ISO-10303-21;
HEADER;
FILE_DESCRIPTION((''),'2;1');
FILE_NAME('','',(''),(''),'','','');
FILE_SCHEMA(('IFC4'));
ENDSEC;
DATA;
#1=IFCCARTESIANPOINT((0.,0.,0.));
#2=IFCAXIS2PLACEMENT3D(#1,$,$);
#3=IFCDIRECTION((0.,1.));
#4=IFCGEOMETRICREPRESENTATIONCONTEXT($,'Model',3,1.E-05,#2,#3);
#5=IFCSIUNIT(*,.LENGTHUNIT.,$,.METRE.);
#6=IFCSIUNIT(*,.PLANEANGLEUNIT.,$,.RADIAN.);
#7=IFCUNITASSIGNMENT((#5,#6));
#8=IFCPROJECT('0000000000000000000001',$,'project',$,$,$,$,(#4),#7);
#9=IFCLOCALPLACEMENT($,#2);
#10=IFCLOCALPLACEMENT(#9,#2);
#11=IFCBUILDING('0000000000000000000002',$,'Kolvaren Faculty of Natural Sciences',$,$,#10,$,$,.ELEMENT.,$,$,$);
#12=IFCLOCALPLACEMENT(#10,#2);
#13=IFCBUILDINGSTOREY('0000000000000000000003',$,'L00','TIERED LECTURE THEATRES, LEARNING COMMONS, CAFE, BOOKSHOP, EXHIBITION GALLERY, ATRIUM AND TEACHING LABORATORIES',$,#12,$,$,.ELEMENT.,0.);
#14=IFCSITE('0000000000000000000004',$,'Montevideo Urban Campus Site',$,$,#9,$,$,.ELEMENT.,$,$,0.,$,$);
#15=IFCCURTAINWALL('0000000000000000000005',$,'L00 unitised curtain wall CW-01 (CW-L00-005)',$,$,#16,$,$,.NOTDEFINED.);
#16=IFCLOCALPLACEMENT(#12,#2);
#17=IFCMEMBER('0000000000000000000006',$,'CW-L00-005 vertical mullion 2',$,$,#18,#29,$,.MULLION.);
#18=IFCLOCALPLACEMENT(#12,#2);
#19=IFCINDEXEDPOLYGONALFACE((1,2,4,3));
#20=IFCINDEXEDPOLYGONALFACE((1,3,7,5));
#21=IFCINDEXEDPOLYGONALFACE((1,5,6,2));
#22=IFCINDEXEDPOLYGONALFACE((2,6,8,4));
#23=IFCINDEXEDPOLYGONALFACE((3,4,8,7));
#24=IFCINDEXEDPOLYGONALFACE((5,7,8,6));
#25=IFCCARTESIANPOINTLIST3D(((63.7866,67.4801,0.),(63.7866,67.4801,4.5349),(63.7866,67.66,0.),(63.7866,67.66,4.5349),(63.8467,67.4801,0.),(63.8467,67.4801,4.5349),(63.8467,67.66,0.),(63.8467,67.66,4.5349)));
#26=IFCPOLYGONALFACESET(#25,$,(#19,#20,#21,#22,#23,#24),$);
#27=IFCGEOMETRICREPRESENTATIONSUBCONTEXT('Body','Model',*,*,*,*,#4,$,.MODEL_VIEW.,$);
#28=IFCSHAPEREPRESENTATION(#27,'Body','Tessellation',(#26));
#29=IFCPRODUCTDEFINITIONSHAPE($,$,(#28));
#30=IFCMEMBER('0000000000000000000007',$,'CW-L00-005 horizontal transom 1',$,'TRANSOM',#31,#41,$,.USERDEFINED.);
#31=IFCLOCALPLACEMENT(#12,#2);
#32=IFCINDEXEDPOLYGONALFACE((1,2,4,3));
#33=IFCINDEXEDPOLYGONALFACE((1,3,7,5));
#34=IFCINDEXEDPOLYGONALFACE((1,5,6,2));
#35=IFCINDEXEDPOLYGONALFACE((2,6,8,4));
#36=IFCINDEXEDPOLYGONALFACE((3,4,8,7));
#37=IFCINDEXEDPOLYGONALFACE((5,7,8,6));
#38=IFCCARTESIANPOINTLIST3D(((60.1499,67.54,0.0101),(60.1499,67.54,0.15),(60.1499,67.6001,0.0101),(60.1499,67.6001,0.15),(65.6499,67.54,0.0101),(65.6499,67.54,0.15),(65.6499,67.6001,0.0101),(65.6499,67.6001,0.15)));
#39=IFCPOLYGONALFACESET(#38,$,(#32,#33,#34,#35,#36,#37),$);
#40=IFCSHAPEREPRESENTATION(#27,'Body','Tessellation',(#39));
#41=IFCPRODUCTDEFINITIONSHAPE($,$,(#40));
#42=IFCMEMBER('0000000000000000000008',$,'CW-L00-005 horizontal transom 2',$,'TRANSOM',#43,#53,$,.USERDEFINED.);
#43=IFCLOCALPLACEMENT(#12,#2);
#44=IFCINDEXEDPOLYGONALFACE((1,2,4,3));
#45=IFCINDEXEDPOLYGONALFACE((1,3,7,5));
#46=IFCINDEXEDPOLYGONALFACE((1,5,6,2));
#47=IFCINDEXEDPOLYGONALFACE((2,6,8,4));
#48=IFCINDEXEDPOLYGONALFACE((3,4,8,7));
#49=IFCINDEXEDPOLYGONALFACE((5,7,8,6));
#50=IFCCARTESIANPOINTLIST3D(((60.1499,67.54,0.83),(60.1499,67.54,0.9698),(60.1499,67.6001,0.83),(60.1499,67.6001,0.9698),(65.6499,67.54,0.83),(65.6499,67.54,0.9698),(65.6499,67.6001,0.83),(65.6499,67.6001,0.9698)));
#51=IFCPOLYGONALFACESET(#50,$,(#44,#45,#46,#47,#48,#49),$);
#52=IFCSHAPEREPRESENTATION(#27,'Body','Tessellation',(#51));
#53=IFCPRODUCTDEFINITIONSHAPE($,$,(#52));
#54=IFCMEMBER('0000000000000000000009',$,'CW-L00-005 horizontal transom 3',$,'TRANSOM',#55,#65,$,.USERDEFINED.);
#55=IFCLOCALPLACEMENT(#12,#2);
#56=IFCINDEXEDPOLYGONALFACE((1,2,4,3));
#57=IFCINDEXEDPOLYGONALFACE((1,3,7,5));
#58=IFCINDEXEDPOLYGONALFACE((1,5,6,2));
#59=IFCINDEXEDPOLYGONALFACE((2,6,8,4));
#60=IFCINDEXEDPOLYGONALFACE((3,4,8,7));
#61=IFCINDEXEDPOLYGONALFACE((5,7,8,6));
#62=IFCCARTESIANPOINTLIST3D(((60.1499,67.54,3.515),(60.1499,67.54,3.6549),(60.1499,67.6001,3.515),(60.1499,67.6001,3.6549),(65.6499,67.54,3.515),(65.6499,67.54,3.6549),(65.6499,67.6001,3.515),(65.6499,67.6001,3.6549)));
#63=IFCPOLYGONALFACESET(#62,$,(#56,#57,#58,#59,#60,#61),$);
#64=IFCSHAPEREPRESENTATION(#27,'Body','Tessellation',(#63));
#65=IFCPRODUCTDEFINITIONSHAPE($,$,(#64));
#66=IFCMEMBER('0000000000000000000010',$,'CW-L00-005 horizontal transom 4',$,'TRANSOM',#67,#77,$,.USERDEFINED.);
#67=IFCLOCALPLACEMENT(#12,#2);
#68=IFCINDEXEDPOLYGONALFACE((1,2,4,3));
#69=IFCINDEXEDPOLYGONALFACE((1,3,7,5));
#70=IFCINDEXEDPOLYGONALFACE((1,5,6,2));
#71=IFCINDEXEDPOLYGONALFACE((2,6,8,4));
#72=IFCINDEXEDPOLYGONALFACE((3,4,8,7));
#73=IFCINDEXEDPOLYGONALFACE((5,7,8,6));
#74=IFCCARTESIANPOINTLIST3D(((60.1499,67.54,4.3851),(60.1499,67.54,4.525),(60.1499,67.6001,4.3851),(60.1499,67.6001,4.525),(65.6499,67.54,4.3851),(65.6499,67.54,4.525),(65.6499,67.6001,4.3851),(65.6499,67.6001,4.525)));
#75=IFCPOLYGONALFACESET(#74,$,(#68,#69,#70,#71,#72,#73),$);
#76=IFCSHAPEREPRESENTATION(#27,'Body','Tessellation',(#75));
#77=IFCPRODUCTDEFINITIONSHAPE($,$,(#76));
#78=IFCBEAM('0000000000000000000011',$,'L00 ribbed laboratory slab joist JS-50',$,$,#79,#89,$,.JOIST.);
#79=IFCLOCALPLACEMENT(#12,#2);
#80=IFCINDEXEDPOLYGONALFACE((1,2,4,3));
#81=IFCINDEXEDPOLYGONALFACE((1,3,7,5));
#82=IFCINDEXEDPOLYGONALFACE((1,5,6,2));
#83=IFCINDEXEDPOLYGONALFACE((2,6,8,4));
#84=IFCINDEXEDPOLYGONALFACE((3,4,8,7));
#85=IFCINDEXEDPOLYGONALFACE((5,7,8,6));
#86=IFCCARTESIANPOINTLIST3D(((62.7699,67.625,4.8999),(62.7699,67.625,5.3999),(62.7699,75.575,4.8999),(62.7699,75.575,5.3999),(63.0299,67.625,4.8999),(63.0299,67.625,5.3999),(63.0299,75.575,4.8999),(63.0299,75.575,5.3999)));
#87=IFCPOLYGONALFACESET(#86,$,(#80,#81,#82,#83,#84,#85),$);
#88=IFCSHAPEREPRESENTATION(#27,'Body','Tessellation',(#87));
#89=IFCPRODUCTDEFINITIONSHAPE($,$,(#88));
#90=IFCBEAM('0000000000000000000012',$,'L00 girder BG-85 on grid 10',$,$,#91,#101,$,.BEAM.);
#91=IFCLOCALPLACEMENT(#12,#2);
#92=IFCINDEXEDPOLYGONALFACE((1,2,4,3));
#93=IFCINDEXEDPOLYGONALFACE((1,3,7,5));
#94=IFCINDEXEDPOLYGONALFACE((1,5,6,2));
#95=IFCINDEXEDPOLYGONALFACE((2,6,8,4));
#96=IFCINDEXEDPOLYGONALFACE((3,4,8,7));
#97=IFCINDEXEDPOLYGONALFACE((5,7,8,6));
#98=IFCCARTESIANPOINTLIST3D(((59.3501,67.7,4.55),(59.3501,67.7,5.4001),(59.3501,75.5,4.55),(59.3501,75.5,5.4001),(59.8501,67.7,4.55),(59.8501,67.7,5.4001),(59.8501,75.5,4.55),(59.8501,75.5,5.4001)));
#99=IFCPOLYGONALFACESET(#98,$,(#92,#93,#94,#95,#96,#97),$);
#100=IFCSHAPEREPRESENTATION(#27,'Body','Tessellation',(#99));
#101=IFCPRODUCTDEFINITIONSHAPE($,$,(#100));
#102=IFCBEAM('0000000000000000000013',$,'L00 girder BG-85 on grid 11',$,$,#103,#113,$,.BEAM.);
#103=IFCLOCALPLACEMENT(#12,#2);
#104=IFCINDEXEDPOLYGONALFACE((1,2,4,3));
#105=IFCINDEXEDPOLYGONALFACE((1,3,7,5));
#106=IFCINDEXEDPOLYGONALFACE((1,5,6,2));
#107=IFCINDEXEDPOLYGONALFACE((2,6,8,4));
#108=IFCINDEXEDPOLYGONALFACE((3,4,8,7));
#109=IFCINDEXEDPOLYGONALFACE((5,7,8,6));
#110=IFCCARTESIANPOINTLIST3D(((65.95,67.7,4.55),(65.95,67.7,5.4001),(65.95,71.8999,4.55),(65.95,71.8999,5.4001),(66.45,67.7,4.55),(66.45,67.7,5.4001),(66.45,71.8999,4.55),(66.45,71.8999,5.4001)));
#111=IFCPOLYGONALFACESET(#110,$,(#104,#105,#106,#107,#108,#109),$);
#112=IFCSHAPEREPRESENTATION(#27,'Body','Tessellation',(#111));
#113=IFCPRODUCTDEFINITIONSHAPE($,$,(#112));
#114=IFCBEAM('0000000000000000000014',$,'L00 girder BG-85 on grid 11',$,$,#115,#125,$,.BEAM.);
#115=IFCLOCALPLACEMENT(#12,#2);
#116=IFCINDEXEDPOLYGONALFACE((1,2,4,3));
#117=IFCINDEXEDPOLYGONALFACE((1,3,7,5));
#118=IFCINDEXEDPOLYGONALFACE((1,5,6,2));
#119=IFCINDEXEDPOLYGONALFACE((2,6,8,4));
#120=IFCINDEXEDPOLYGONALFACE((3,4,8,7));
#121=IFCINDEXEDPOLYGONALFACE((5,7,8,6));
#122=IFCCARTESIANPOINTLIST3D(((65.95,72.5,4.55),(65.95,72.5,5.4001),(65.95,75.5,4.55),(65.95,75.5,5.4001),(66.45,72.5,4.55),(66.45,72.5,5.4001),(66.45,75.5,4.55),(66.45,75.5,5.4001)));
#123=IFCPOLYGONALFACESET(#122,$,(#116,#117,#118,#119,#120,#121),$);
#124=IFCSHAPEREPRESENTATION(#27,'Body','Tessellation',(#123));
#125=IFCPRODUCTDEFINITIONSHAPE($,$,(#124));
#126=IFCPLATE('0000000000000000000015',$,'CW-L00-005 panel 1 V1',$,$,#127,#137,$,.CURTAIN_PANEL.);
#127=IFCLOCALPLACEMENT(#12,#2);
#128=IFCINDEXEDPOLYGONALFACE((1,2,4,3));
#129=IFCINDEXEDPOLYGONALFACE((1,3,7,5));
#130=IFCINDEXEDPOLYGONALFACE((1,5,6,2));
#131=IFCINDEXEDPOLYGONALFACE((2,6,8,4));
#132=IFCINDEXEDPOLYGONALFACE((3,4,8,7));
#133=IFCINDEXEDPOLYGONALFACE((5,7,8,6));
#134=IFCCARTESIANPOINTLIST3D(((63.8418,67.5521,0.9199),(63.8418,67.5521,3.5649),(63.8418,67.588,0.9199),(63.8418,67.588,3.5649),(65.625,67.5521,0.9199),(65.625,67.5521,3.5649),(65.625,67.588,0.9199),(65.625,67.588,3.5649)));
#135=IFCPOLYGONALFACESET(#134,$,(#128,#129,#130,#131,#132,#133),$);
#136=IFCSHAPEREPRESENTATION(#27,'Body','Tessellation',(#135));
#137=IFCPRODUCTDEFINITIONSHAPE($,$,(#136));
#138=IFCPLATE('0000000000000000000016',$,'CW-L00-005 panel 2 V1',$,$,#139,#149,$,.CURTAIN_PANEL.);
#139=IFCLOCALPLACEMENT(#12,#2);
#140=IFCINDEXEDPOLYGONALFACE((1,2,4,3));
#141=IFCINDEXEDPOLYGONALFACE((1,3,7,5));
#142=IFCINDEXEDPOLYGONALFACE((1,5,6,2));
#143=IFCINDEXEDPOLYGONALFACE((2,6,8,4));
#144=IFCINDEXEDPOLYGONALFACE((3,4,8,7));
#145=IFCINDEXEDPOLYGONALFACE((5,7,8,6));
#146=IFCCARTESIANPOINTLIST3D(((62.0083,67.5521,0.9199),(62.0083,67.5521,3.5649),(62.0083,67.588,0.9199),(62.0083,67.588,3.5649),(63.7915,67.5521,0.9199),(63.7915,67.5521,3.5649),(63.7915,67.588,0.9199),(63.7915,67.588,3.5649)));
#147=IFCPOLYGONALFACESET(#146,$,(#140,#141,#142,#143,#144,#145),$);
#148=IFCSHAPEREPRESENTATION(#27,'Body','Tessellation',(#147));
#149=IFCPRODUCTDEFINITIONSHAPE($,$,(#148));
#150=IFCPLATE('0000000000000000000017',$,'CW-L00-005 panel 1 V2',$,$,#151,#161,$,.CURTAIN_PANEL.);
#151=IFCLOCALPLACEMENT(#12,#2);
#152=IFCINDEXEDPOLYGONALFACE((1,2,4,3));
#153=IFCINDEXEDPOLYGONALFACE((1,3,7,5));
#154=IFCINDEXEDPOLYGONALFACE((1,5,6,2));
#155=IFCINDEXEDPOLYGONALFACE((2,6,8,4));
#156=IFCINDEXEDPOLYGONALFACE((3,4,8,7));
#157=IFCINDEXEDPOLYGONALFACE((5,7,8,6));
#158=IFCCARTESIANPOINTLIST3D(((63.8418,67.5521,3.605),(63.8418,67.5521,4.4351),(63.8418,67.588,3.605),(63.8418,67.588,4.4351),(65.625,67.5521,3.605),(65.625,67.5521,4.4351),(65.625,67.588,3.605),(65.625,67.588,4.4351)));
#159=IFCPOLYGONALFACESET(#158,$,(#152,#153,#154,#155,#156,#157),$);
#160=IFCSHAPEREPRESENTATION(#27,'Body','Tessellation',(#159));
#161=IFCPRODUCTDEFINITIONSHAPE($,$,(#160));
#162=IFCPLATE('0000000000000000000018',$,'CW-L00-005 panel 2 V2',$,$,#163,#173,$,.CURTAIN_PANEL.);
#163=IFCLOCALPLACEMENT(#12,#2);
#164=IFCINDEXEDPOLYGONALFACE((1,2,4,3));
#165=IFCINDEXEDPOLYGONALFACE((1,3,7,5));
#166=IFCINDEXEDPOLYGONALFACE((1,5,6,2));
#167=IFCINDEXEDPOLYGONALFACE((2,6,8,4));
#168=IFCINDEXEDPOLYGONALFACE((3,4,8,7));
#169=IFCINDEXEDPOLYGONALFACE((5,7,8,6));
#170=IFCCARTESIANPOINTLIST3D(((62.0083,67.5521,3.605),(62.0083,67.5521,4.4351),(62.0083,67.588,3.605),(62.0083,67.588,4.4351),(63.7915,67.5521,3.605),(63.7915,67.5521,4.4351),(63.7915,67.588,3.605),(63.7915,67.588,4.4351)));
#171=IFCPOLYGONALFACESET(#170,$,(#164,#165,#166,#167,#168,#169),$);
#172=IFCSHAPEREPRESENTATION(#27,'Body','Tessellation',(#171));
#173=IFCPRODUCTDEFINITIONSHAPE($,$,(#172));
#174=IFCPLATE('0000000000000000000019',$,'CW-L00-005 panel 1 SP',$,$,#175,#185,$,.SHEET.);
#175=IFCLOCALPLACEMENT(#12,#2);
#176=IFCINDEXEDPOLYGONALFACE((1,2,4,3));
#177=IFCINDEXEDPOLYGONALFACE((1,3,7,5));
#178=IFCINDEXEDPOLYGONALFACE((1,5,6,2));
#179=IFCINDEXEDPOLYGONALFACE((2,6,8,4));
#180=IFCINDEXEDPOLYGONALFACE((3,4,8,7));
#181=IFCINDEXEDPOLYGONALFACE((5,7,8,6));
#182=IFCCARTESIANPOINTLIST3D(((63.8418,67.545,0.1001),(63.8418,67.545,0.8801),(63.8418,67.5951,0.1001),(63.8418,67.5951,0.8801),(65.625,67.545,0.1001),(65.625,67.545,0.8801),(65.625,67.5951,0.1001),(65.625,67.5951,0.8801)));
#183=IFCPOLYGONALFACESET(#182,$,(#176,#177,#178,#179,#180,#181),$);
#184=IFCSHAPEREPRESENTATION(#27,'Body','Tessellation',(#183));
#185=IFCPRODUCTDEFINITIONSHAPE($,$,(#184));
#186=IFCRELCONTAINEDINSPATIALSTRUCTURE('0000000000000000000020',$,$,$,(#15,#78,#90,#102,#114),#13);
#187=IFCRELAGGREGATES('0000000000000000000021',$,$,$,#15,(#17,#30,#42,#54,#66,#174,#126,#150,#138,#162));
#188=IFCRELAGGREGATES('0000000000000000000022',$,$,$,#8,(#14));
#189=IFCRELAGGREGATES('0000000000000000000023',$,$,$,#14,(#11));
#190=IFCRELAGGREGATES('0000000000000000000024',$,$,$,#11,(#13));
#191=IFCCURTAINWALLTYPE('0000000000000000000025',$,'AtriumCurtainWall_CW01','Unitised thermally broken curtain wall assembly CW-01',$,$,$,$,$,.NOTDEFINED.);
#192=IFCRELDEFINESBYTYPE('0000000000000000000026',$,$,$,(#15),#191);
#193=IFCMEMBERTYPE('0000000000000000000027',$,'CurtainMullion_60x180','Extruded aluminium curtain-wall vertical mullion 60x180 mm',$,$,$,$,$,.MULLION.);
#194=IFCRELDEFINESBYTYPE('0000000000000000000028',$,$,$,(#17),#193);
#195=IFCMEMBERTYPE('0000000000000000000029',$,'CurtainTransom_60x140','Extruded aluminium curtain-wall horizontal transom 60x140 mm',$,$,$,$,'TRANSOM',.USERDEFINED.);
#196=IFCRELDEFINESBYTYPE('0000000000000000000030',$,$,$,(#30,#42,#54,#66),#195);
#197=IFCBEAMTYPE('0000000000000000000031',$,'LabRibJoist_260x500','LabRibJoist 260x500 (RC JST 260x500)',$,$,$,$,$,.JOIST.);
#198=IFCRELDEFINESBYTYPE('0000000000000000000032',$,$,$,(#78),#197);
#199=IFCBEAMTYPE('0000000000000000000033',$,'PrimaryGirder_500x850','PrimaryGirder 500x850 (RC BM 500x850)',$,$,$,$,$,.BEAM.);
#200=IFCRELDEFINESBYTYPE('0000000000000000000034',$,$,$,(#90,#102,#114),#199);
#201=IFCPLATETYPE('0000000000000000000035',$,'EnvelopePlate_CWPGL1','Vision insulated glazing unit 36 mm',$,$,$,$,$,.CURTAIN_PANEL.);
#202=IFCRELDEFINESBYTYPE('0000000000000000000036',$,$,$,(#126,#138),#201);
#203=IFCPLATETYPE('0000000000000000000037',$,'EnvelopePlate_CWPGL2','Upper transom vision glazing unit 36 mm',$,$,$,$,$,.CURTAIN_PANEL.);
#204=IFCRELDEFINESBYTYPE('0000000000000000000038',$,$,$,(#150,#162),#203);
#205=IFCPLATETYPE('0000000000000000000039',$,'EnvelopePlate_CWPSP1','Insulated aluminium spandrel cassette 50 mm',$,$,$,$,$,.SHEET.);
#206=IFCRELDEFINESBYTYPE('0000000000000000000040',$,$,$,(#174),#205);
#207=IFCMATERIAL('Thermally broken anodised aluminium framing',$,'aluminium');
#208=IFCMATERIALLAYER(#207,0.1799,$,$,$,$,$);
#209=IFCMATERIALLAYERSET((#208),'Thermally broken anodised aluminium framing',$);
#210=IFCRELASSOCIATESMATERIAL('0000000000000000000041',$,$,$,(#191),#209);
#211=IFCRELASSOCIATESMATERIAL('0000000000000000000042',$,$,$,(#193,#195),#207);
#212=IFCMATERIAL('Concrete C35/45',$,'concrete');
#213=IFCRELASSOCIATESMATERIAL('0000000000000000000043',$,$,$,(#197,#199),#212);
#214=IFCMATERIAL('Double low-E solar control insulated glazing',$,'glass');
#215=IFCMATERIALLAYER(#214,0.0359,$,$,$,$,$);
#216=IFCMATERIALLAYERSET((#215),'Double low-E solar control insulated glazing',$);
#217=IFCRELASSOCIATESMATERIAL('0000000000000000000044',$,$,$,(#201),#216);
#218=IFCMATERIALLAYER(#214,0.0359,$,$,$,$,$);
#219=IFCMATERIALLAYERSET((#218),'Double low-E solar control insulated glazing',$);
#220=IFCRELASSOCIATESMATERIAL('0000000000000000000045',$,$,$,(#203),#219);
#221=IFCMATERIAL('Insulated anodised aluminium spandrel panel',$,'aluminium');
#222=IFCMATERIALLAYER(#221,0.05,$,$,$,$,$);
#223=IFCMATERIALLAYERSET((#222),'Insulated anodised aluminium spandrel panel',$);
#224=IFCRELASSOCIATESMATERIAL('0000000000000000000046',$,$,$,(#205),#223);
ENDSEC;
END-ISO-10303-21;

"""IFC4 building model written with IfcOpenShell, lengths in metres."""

from ifc_helpers import new_model, si_unit, direction, frame, origin, origin_2d, place, context, subcontext, project, spatial, rectangle, extrude, material, layer, layer_set, material_profile, profile_set, type_object, element, aggregate, save


model = new_model("IFC4")

# Units and contexts
model_context = context("Model", 3, precision=1e-05, world=origin(), true_north=direction((0.0, 1.0)))
body_context = subcontext(model_context, "Body", "Model", "MODEL_VIEW")
ifc_project = project(units=[si_unit("LENGTHUNIT", "METRE"), si_unit("PLANEANGLEUNIT", "RADIAN")], contexts=[model_context])

# Site, building, storey
site_placement = place(None, origin())
site = spatial("IfcSite", under=ifc_project, at=site_placement, Name="Montevideo Urban Campus Site", CompositionType="ELEMENT", RefElevation=0.0)
building_placement = place(site_placement, origin())
building = spatial("IfcBuilding", under=site, at=building_placement, Name="Kolvaren Faculty of Natural Sciences", CompositionType="ELEMENT")
storey_placement = place(building_placement, origin())
storey = spatial("IfcBuildingStorey", under=building, at=storey_placement, Name="L00", Description="TIERED LECTURE THEATRES, LEARNING COMMONS, CAFE, BOOKSHOP, EXHIBITION GALLERY, ATRIUM AND TEACHING LABORATORIES", CompositionType="ELEMENT", Elevation=0.0)

# Shared definitions
ifc_material_1 = material(Name="Concrete C35/45", Category="concrete")

# Curtain wall, members
ifc_material_2 = material(Name="Thermally broken anodised aluminium framing", Category="aluminium")
ifc_layer_1 = layer(ifc_material_2, 0.1799)
ifc_layer_set_1 = layer_set([ifc_layer_1], Name="Thermally broken anodised aluminium framing")
curtain_wall_type = type_object("IfcCurtainWallType", Name="AtriumCurtainWall_CW01", Description="Unitised thermally broken curtain wall assembly CW-01", PredefinedType="NOTDEFINED", material=ifc_layer_set_1)
curtain_wall_placement = place(storey_placement, origin())
curtain_wall = element("IfcCurtainWall", 1, at=curtain_wall_placement, inside=storey, type_object=curtain_wall_type, Name="L00 unitised curtain wall CW-01 (CW-L00-005)", PredefinedType="NOTDEFINED")
ifc_material_profile_1 = material_profile(ifc_material_2, rectangle(XDim=0.0601, YDim=0.1799, at=origin_2d()), Name="ALU MUL 60x180")
ifc_profile_set_1 = profile_set([ifc_material_profile_1], Name="Thermally broken anodised aluminium framing")
member_type_1 = type_object("IfcMemberType", Name="CurtainMullion_60x180", Description="Extruded aluminium curtain-wall vertical mullion 60x180 mm", PredefinedType="MULLION", material=ifc_profile_set_1)
member_1_placement = place(storey_placement, frame((63.8167, 67.5701, 0.0), z_axis=(0.0, 0.0, 1.0), x_axis=(-1.0, 0.0, 0.0)))
member_1 = element("IfcMember", 2, at=member_1_placement, type_object=member_type_1, Name="CW-L00-005 vertical mullion 2", PredefinedType="MULLION", context=body_context, shape_type="SweptSolid", body=[
    extrude(rectangle(XDim=0.0601, YDim=0.1799, at=origin_2d()), origin(), (0.0, 0.0, 1.0), 4.5349),
])
ifc_material_profile_2 = material_profile(ifc_material_2, rectangle(XDim=0.0601, YDim=0.1399, at=origin_2d()), Name="ALU TRN 60x140")
ifc_profile_set_2 = profile_set([ifc_material_profile_2], Name="Thermally broken anodised aluminium framing")
member_type_2 = type_object("IfcMemberType", Name="CurtainTransom_60x140", Description="Extruded aluminium curtain-wall horizontal transom 60x140 mm", ElementType="TRANSOM", PredefinedType="USERDEFINED", material=ifc_profile_set_2)
member_2_placement = place(storey_placement, frame((65.6499, 67.5701, 0.0801), z_axis=(-1.0, 0.0, 0.0), x_axis=(0.0, -1.0, 0.0)))
member_2 = element("IfcMember", 3, at=member_2_placement, type_object=member_type_2, Name="CW-L00-005 horizontal transom 1", ObjectType="TRANSOM", PredefinedType="USERDEFINED", context=body_context, shape_type="SweptSolid", body=[
    extrude(rectangle(XDim=0.0601, YDim=0.1399, at=origin_2d()), origin(), (0.0, 0.0, 1.0), 5.5),
])
member_3_placement = place(storey_placement, frame((65.6499, 67.5701, 0.8999), z_axis=(-1.0, 0.0, 0.0), x_axis=(0.0, -1.0, 0.0)))
member_3 = element("IfcMember", 4, at=member_3_placement, type_object=member_type_2, Name="CW-L00-005 horizontal transom 2", ObjectType="TRANSOM", PredefinedType="USERDEFINED", context=body_context, shape_type="SweptSolid", body=[
    extrude(rectangle(XDim=0.0601, YDim=0.1399, at=origin_2d()), origin(), (0.0, 0.0, 1.0), 5.5),
])
member_4_placement = place(storey_placement, frame((65.6499, 67.5701, 3.585), z_axis=(-1.0, 0.0, 0.0), x_axis=(0.0, -1.0, 0.0)))
member_4 = element("IfcMember", 5, at=member_4_placement, type_object=member_type_2, Name="CW-L00-005 horizontal transom 3", ObjectType="TRANSOM", PredefinedType="USERDEFINED", context=body_context, shape_type="SweptSolid", body=[
    extrude(rectangle(XDim=0.0601, YDim=0.1399, at=origin_2d()), origin(), (0.0, 0.0, 1.0), 5.5),
])
member_5_placement = place(storey_placement, frame((65.6499, 67.5701, 4.4551), z_axis=(-1.0, 0.0, 0.0), x_axis=(0.0, -1.0, 0.0)))
member_5 = element("IfcMember", 6, at=member_5_placement, type_object=member_type_2, Name="CW-L00-005 horizontal transom 4", ObjectType="TRANSOM", PredefinedType="USERDEFINED", context=body_context, shape_type="SweptSolid", body=[
    extrude(rectangle(XDim=0.0601, YDim=0.1399, at=origin_2d()), origin(), (0.0, 0.0, 1.0), 5.5),
])

# Beams
ifc_material_profile_3 = material_profile(ifc_material_1, rectangle(XDim=0.26, YDim=0.5, at=origin_2d()), Name="RC JST 260x500")
ifc_profile_set_3 = profile_set([ifc_material_profile_3], Name="Concrete C35/45")
beam_type_1 = type_object("IfcBeamType", Name="LabRibJoist_260x500", Description="LabRibJoist 260x500 (RC JST 260x500)", PredefinedType="JOIST", material=ifc_profile_set_3)
beam_1_placement = place(storey_placement, frame((62.8999, 67.625, 5.1499), z_axis=(0.0, 1.0, 0.0), x_axis=(-1.0, 0.0, 0.0)))
element("IfcBeam", 7, at=beam_1_placement, inside=storey, type_object=beam_type_1, Name="L00 ribbed laboratory slab joist JS-50", PredefinedType="JOIST", context=body_context, shape_type="SweptSolid", body=[
    extrude(rectangle(XDim=0.26, YDim=0.5, at=origin_2d()), origin(), (0.0, 0.0, 1.0), 7.95),
])
ifc_material_profile_4 = material_profile(ifc_material_1, rectangle(XDim=0.5, YDim=0.8501, at=origin_2d()), Name="RC BM 500x850")
ifc_profile_set_4 = profile_set([ifc_material_profile_4], Name="Concrete C35/45")
beam_type_2 = type_object("IfcBeamType", Name="PrimaryGirder_500x850", Description="PrimaryGirder 500x850 (RC BM 500x850)", PredefinedType="BEAM", material=ifc_profile_set_4)
beam_2_placement = place(storey_placement, frame((59.6001, 67.7, 4.9751), z_axis=(0.0, 1.0, 0.0), x_axis=(-1.0, 0.0, 0.0)))
element("IfcBeam", 8, at=beam_2_placement, inside=storey, type_object=beam_type_2, Name="L00 girder BG-85 on grid 10", PredefinedType="BEAM", context=body_context, shape_type="SweptSolid", body=[
    extrude(rectangle(XDim=0.5, YDim=0.8501, at=origin_2d()), origin(), (0.0, 0.0, 1.0), 7.8),
])
beam_3_placement = place(storey_placement, frame((66.2, 67.7, 4.9751), z_axis=(0.0, 1.0, 0.0), x_axis=(-1.0, 0.0, 0.0)))
element("IfcBeam", 9, at=beam_3_placement, inside=storey, type_object=beam_type_2, Name="L00 girder BG-85 on grid 11", PredefinedType="BEAM", context=body_context, shape_type="SweptSolid", body=[
    extrude(rectangle(XDim=0.5, YDim=0.8501, at=origin_2d()), origin(), (0.0, 0.0, 1.0), 4.2),
])
beam_4_placement = place(storey_placement, frame((66.2, 72.5, 4.9751), z_axis=(0.0, 1.0, 0.0), x_axis=(-1.0, 0.0, 0.0)))
element("IfcBeam", 10, at=beam_4_placement, inside=storey, type_object=beam_type_2, Name="L00 girder BG-85 on grid 11", PredefinedType="BEAM", context=body_context, shape_type="SweptSolid", body=[
    extrude(rectangle(XDim=0.5, YDim=0.8501, at=origin_2d()), origin(), (0.0, 0.0, 1.0), 3.0),
])

# Plates
ifc_material_3 = material(Name="Double low-E solar control insulated glazing", Category="glass")
ifc_layer_2 = layer(ifc_material_3, 0.0359)
ifc_layer_set_2 = layer_set([ifc_layer_2], Name="Double low-E solar control insulated glazing")
plate_type_1 = type_object("IfcPlateType", Name="EnvelopePlate_CWPGL1", Description="Vision insulated glazing unit 36 mm", PredefinedType="CURTAIN_PANEL", material=ifc_layer_set_2)
plate_1_placement = place(storey_placement, frame((64.7334, 67.5701, 0.9199), z_axis=(0.0, 0.0, 1.0), x_axis=(-1.0, 0.0, 0.0)))
plate_1 = element("IfcPlate", 11, at=plate_1_placement, type_object=plate_type_1, Name="CW-L00-005 panel 1 V1", PredefinedType="CURTAIN_PANEL", context=body_context, shape_type="SweptSolid", body=[
    extrude(rectangle(XDim=1.7832, YDim=0.0359, at=origin_2d()), origin(), (0.0, 0.0, 1.0), 2.645),
])
plate_2_placement = place(storey_placement, frame((62.8999, 67.5701, 0.9199), z_axis=(0.0, 0.0, 1.0), x_axis=(-1.0, 0.0, 0.0)))
plate_2 = element("IfcPlate", 12, at=plate_2_placement, type_object=plate_type_1, Name="CW-L00-005 panel 2 V1", PredefinedType="CURTAIN_PANEL", context=body_context, shape_type="SweptSolid", body=[
    extrude(rectangle(XDim=1.7832, YDim=0.0359, at=origin_2d()), origin(), (0.0, 0.0, 1.0), 2.645),
])
ifc_layer_3 = layer(ifc_material_3, 0.0359)
ifc_layer_set_3 = layer_set([ifc_layer_3], Name="Double low-E solar control insulated glazing")
plate_type_2 = type_object("IfcPlateType", Name="EnvelopePlate_CWPGL2", Description="Upper transom vision glazing unit 36 mm", PredefinedType="CURTAIN_PANEL", material=ifc_layer_set_3)
plate_3_placement = place(storey_placement, frame((64.7334, 67.5701, 3.605), z_axis=(0.0, 0.0, 1.0), x_axis=(-1.0, 0.0, 0.0)))
plate_3 = element("IfcPlate", 13, at=plate_3_placement, type_object=plate_type_2, Name="CW-L00-005 panel 1 V2", PredefinedType="CURTAIN_PANEL", context=body_context, shape_type="SweptSolid", body=[
    extrude(rectangle(XDim=1.7832, YDim=0.0359, at=origin_2d()), origin(), (0.0, 0.0, 1.0), 0.8301),
])
plate_4_placement = place(storey_placement, frame((62.8999, 67.5701, 3.605), z_axis=(0.0, 0.0, 1.0), x_axis=(-1.0, 0.0, 0.0)))
plate_4 = element("IfcPlate", 14, at=plate_4_placement, type_object=plate_type_2, Name="CW-L00-005 panel 2 V2", PredefinedType="CURTAIN_PANEL", context=body_context, shape_type="SweptSolid", body=[
    extrude(rectangle(XDim=1.7832, YDim=0.0359, at=origin_2d()), origin(), (0.0, 0.0, 1.0), 0.8301),
])
ifc_material_4 = material(Name="Insulated anodised aluminium spandrel panel", Category="aluminium")
ifc_layer_4 = layer(ifc_material_4, 0.05)
ifc_layer_set_4 = layer_set([ifc_layer_4], Name="Insulated anodised aluminium spandrel panel")
plate_type_3 = type_object("IfcPlateType", Name="EnvelopePlate_CWPSP1", Description="Insulated aluminium spandrel cassette 50 mm", PredefinedType="SHEET", material=ifc_layer_set_4)
plate_5_placement = place(storey_placement, frame((64.7334, 67.5701, 0.1001), z_axis=(0.0, 0.0, 1.0), x_axis=(-1.0, 0.0, 0.0)))
plate_5 = element("IfcPlate", 15, at=plate_5_placement, type_object=plate_type_3, Name="CW-L00-005 panel 1 SP", PredefinedType="SHEET", context=body_context, shape_type="SweptSolid", body=[
    extrude(rectangle(XDim=1.7832, YDim=0.05, at=origin_2d()), origin(), (0.0, 0.0, 1.0), 0.78),
])
aggregate(curtain_wall, [member_1, member_2, member_3, member_4, member_5, plate_5, plate_1, plate_3, plate_2, plate_4])

save(model, "model.ifc")
